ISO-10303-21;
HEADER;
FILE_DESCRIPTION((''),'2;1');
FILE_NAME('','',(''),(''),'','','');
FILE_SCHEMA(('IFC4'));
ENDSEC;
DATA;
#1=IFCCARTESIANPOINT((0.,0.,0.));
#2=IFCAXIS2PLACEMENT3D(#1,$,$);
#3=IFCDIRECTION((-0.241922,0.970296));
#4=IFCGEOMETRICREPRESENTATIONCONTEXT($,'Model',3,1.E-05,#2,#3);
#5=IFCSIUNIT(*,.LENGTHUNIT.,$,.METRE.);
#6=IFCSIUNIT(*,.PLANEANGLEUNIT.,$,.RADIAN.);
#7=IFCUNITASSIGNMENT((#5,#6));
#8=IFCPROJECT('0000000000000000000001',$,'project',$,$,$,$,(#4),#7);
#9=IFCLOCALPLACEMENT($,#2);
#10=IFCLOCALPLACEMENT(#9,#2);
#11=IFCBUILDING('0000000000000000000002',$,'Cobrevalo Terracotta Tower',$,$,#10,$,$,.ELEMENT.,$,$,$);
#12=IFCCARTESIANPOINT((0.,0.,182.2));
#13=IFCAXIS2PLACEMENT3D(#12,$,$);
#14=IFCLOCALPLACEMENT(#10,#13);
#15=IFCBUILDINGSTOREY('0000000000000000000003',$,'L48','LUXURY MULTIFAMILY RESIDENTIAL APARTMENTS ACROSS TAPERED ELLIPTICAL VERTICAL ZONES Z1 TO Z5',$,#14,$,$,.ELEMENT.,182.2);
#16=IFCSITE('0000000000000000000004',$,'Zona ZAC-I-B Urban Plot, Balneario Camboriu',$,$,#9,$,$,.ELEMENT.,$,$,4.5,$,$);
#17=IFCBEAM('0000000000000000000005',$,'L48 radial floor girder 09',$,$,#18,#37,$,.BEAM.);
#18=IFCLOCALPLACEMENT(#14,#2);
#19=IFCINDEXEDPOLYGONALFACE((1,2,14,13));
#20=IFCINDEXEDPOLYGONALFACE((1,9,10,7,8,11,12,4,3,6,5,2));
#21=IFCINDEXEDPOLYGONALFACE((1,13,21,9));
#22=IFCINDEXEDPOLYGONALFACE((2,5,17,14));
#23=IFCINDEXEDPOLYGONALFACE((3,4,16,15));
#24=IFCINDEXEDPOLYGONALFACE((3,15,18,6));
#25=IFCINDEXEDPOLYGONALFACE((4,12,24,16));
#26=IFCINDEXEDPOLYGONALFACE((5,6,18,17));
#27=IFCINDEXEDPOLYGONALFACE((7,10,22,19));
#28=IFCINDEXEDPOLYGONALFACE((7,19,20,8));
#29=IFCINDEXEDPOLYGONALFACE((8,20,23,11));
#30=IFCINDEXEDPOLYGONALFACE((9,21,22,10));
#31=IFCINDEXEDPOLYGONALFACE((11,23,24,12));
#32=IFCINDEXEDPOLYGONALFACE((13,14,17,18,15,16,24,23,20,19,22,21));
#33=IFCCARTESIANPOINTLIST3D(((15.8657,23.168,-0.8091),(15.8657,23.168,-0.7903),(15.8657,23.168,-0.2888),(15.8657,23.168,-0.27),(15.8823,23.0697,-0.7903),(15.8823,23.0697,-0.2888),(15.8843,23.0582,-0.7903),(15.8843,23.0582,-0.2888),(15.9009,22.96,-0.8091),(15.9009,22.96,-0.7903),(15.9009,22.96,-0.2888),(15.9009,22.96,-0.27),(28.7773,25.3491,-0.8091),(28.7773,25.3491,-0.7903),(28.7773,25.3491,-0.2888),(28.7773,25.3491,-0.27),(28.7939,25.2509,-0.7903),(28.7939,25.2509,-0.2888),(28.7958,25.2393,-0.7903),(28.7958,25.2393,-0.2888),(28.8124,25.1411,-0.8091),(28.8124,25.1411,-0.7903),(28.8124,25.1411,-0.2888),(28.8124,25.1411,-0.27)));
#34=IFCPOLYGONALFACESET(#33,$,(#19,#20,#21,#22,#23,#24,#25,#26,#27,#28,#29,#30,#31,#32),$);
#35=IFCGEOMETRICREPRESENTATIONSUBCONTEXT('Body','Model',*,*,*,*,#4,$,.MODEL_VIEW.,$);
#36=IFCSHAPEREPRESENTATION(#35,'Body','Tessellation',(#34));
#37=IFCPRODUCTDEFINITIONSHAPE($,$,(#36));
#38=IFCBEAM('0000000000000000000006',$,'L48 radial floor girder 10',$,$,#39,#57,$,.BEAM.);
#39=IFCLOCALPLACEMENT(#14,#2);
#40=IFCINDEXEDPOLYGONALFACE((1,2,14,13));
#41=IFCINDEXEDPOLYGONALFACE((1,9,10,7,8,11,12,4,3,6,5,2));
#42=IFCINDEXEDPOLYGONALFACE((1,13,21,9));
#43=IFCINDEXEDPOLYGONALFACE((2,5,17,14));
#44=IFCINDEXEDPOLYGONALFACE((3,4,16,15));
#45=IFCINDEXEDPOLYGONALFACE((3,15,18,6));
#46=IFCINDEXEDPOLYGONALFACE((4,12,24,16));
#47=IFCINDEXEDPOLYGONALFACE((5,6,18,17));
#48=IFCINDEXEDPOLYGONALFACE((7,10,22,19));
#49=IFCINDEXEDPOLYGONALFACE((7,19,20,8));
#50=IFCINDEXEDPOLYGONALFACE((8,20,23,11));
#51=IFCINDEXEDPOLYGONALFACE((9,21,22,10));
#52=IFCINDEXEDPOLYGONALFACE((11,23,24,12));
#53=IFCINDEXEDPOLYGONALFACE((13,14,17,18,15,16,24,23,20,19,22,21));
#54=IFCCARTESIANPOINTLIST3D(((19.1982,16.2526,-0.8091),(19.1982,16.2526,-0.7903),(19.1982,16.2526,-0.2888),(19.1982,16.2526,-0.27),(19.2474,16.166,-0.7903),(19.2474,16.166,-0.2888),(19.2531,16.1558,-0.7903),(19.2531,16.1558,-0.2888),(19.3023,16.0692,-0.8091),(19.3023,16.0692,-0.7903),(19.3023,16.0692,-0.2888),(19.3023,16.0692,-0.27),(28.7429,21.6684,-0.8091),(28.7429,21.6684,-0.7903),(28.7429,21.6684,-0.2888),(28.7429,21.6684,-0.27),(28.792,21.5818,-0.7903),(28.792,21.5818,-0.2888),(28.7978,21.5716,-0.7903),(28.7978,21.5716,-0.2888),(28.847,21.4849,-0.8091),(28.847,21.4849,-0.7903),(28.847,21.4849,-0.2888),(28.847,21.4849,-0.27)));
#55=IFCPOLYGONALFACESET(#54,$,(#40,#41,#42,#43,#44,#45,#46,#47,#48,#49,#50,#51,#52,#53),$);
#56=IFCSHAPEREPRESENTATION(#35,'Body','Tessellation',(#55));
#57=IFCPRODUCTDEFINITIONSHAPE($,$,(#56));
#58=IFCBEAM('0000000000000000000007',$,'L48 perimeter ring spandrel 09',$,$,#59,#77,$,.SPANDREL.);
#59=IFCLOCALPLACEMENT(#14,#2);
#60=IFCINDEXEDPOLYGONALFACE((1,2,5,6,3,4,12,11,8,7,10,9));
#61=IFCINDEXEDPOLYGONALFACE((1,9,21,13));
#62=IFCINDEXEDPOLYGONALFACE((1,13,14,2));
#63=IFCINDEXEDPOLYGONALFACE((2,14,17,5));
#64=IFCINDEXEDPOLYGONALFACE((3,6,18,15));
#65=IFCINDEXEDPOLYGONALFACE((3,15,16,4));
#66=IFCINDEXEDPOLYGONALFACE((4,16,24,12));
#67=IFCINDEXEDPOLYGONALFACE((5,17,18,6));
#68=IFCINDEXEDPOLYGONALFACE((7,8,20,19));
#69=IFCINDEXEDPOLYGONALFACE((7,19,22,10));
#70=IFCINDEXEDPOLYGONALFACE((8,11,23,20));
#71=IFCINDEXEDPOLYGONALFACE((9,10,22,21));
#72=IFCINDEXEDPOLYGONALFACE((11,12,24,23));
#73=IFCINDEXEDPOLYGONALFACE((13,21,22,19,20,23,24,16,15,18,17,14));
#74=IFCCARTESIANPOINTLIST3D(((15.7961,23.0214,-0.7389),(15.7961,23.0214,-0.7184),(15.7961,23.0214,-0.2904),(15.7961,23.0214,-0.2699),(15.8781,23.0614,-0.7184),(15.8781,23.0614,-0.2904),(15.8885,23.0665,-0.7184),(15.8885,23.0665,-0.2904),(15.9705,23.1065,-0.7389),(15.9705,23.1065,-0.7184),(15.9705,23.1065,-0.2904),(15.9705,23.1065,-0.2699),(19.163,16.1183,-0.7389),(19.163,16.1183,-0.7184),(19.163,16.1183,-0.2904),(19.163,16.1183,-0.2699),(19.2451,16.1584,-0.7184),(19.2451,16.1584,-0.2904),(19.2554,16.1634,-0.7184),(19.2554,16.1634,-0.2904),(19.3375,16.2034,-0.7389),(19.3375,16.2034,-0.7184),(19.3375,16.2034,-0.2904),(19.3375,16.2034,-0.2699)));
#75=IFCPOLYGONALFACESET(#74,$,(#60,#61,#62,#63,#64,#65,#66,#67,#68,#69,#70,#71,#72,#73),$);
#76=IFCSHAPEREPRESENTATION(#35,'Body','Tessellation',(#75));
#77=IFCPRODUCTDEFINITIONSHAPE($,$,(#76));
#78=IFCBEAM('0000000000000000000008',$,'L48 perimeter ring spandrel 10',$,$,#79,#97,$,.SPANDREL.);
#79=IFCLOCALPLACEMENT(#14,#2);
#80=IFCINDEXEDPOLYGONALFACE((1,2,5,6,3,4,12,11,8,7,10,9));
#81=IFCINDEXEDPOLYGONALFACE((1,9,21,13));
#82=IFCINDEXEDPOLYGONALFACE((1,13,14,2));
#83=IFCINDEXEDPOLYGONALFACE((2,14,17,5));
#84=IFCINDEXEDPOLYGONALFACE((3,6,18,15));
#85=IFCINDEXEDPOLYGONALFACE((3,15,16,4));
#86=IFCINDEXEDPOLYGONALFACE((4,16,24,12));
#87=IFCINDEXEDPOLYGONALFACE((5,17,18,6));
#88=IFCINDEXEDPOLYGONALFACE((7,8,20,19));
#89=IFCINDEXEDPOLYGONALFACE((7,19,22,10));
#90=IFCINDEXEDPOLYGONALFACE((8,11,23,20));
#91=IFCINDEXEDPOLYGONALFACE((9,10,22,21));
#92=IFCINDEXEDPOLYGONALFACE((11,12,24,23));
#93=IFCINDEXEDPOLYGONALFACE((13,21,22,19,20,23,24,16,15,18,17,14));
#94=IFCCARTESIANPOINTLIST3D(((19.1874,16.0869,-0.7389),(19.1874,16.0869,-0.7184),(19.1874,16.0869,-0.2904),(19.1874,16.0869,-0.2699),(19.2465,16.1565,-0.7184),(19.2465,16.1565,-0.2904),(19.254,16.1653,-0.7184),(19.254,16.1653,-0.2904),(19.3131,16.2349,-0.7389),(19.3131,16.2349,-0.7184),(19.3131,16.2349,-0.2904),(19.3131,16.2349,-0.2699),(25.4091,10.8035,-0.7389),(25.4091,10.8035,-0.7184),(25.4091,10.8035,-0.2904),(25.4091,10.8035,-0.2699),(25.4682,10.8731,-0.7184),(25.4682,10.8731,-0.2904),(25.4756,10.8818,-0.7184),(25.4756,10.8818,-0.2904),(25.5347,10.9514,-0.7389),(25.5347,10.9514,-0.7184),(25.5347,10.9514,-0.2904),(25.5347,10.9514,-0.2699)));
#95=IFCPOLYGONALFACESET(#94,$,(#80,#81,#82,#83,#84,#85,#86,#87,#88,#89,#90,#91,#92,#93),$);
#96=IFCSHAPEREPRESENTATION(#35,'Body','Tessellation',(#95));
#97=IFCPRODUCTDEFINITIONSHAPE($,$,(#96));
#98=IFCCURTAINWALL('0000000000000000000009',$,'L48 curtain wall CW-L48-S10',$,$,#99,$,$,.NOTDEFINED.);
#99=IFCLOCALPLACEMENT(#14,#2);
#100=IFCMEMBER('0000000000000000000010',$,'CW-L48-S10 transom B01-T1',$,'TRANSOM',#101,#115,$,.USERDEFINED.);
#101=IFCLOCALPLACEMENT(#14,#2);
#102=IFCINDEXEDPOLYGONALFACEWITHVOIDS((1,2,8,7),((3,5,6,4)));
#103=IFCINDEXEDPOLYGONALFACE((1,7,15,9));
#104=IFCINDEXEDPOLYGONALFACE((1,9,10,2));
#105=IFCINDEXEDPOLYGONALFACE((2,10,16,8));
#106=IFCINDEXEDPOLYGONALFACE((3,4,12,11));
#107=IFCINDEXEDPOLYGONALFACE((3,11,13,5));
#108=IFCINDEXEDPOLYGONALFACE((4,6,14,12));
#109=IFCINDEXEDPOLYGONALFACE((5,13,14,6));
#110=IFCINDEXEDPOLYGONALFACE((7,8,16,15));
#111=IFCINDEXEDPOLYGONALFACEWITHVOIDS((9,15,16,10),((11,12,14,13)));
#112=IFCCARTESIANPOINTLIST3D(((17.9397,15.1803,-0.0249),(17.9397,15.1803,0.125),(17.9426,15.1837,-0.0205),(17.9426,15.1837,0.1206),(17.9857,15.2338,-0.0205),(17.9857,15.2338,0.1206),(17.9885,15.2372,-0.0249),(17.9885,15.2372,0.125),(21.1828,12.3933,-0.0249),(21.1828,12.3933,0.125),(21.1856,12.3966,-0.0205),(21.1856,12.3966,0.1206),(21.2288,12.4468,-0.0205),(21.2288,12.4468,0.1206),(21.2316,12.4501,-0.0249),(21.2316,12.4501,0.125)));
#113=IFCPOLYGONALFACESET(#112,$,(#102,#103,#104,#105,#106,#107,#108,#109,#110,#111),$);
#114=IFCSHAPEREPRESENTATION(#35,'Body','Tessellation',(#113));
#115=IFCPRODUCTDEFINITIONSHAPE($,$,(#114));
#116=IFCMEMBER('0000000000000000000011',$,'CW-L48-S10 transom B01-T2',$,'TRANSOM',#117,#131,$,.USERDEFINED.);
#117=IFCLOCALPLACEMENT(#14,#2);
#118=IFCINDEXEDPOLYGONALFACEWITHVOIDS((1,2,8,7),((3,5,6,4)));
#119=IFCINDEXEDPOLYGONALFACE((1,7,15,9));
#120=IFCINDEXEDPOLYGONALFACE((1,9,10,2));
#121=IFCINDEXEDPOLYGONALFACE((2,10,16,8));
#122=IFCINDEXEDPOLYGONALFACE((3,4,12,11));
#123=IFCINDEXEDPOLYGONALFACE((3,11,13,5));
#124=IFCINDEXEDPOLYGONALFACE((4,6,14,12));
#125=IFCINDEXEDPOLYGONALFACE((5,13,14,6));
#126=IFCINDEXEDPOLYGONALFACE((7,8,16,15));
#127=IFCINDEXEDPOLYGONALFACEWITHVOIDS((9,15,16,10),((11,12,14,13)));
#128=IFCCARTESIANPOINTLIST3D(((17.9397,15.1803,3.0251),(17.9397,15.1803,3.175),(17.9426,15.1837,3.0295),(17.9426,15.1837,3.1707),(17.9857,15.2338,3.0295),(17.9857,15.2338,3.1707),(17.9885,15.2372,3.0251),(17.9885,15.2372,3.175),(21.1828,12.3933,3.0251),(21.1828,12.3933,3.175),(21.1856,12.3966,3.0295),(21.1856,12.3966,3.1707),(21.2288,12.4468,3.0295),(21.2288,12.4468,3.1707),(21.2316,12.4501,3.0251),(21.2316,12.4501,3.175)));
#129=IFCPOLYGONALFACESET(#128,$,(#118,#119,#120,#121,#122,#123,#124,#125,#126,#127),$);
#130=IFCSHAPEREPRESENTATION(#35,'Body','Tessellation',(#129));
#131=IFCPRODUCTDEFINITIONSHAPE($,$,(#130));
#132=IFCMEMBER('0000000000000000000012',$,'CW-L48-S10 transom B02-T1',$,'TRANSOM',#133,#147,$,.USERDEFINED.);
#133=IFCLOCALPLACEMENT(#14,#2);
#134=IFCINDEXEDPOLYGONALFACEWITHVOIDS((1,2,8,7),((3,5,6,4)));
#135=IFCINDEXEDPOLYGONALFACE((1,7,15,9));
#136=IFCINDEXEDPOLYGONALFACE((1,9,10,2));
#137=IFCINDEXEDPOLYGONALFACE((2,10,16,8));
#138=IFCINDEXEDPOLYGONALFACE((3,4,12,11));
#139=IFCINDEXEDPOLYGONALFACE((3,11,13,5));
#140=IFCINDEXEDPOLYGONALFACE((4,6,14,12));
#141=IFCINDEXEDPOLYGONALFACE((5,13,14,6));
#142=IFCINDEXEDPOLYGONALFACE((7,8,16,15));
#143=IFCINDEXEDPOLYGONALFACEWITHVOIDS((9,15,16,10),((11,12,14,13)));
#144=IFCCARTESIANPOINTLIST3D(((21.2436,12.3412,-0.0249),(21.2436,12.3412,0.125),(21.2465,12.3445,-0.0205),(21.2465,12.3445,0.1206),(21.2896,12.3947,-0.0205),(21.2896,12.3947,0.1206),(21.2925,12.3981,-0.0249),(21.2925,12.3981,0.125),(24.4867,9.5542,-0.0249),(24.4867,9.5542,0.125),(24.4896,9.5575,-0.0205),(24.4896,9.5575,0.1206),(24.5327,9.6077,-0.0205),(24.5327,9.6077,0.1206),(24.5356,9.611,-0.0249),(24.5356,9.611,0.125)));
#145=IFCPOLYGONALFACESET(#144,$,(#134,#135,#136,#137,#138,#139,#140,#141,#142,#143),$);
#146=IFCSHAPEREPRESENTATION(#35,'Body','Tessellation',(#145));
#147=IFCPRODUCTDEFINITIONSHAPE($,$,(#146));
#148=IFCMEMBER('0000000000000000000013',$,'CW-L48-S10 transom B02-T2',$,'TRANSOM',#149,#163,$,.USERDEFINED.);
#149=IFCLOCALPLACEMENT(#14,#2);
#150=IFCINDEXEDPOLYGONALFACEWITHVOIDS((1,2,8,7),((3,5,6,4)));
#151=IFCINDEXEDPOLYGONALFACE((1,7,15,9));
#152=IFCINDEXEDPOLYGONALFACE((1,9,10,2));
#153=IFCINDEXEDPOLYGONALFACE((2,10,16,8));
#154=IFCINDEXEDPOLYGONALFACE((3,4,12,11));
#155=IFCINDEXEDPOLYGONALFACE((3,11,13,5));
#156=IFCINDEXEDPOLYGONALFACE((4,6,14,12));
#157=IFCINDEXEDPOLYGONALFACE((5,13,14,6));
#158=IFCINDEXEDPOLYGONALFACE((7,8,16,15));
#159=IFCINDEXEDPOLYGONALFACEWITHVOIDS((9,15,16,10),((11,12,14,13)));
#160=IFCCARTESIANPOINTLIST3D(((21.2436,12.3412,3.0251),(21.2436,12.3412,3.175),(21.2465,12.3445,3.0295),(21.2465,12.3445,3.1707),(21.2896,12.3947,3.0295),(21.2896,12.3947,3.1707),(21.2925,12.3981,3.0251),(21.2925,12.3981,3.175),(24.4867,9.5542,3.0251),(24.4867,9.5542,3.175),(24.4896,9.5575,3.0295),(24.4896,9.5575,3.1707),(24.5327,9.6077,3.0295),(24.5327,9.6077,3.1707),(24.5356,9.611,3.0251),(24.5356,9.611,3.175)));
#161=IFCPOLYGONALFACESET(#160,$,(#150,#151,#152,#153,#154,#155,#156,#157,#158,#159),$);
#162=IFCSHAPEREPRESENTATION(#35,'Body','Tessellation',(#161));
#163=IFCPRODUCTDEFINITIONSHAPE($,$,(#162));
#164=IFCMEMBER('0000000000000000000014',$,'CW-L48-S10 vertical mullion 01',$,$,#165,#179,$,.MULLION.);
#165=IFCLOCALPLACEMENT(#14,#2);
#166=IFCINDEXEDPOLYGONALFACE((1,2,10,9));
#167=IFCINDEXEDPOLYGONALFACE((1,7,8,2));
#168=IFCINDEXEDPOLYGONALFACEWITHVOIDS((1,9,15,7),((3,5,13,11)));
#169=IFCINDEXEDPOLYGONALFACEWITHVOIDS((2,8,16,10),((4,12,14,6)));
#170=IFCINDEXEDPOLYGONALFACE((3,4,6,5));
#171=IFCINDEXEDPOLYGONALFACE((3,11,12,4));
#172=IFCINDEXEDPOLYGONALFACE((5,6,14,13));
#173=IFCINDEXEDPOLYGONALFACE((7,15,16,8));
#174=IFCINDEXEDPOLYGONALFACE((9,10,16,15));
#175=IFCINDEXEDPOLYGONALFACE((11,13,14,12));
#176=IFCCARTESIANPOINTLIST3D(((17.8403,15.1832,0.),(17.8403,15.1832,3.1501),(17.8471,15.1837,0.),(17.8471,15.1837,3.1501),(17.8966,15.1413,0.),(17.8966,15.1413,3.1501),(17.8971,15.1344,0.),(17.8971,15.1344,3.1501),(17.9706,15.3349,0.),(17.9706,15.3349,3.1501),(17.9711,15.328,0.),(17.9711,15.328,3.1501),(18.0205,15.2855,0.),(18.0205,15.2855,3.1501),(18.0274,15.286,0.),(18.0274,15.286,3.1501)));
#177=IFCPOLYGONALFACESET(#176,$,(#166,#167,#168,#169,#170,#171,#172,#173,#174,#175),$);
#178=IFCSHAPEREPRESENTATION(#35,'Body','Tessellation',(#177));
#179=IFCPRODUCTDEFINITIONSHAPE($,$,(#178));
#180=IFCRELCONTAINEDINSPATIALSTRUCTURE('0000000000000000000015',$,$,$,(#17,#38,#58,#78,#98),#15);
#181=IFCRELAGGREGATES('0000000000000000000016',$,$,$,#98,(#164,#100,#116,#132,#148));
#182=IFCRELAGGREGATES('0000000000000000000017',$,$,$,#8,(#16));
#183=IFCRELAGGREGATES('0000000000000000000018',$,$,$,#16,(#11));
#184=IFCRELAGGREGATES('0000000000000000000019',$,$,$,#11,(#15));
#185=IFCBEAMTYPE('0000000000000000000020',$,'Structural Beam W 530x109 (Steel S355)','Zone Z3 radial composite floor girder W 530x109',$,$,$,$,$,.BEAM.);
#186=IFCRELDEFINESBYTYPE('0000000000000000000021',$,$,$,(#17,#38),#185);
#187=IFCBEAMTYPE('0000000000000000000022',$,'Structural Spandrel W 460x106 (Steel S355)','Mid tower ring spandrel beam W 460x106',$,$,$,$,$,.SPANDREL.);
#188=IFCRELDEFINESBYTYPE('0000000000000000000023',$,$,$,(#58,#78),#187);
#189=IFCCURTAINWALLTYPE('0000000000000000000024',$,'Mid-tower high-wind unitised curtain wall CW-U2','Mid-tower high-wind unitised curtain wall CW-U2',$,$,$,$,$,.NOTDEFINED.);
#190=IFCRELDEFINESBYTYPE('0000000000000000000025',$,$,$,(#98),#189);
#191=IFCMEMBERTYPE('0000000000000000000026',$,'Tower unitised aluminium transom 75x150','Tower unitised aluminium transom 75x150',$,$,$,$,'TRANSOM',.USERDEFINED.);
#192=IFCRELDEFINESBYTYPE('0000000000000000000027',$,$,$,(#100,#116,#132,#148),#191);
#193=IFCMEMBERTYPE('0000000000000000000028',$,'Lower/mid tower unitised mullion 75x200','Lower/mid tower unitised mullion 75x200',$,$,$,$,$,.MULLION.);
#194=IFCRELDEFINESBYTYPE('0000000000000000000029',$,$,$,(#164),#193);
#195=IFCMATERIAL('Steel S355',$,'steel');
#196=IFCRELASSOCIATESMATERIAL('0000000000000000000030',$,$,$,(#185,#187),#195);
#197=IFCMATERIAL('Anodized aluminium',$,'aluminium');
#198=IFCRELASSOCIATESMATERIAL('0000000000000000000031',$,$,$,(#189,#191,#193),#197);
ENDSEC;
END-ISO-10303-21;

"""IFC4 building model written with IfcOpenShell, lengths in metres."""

from ifc_helpers import new_model, si_unit, direction, frame, origin, origin_2d, place, context, subcontext, project, spatial, hollow_rectangle, i_section, extrude, source, transform, mapped, material, material_profile, profile_set, type_object, element, aggregate, save


model = new_model("IFC4")

# Units and contexts
model_context = context("Model", 3, precision=1e-05, world=origin(), true_north=direction((-0.241922, 0.970296)))
body_context = subcontext(model_context, "Body", "Model", "MODEL_VIEW")
ifc_project = project(units=[si_unit("LENGTHUNIT", "METRE"), si_unit("PLANEANGLEUNIT", "RADIAN")], contexts=[model_context])

# Site, building, storey
site_placement = place(None, origin())
site = spatial("IfcSite", under=ifc_project, at=site_placement, Name="Zona ZAC-I-B Urban Plot, Balneario Camboriu", CompositionType="ELEMENT", RefElevation=4.5)
building_placement = place(site_placement, origin())
building = spatial("IfcBuilding", under=site, at=building_placement, Name="Cobrevalo Terracotta Tower", CompositionType="ELEMENT")
storey_placement = place(building_placement, frame((0.0, 0.0, 182.2)))
storey = spatial("IfcBuildingStorey", under=building, at=storey_placement, Name="L48", Description="LUXURY MULTIFAMILY RESIDENTIAL APARTMENTS ACROSS TAPERED ELLIPTICAL VERTICAL ZONES Z1 TO Z5", CompositionType="ELEMENT", Elevation=182.2)

# Shared definitions
ifc_material_1 = material(Name="Steel S355", Category="steel")

# Beams
ifc_material_profile_1 = material_profile(ifc_material_1, i_section(OverallWidth=0.2109, OverallDepth=0.5391, WebThickness=0.0117, FlangeThickness=0.0188, at=origin_2d()), Name="W 530x109")
ifc_profile_set_1 = profile_set([ifc_material_profile_1], Name="Steel S355")
beam_type_1 = type_object("IfcBeamType", Name="Structural Beam W 530x109 (Steel S355)", Description="Zone Z3 radial composite floor girder W 530x109", PredefinedType="BEAM", material=ifc_profile_set_1)
beam_1_placement = place(storey_placement, frame((15.8833, 23.064, -0.5396), z_axis=(0.98603, 0.166569, 0.0), x_axis=(-0.166569, 0.98603, 0.0)))
element("IfcBeam", 1, at=beam_1_placement, inside=storey, type_object=beam_type_1, Name="L48 radial floor girder 09", PredefinedType="BEAM", context=body_context, shape_type="SweptSolid", body=[
    extrude(i_section(OverallWidth=0.2109, OverallDepth=0.5391, WebThickness=0.0117, FlangeThickness=0.0188, at=origin_2d()), origin(), (0.0, 0.0, 1.0), 13.0945),
])
beam_2_placement = place(storey_placement, frame((19.2502, 16.1609, -0.5396), z_axis=(0.869744, 0.493504, 0.0), x_axis=(-0.493504, 0.869744, 0.0)))
element("IfcBeam", 2, at=beam_2_placement, inside=storey, type_object=beam_type_1, Name="L48 radial floor girder 10", PredefinedType="BEAM", context=body_context, shape_type="SweptSolid", body=[
    extrude(i_section(OverallWidth=0.2109, OverallDepth=0.5391, WebThickness=0.0117, FlangeThickness=0.0188, at=origin_2d()), origin(), (0.0, 0.0, 1.0), 10.9741),
])
ifc_material_profile_2 = material_profile(ifc_material_1, i_section(OverallWidth=0.1941, OverallDepth=0.469, WebThickness=0.0115, FlangeThickness=0.0205, at=origin_2d()), Name="W 460x106")
ifc_profile_set_2 = profile_set([ifc_material_profile_2], Name="Steel S355")
beam_type_2 = type_object("IfcBeamType", Name="Structural Spandrel W 460x106 (Steel S355)", Description="Mid tower ring spandrel beam W 460x106", PredefinedType="SPANDREL", material=ifc_profile_set_2)
beam_3_placement = place(storey_placement, frame((15.8833, 23.064, -0.5044), z_axis=(0.43838, -0.89879, 0.0), x_axis=(0.89879, 0.43838, 0.0)))
element("IfcBeam", 3, at=beam_3_placement, inside=storey, type_object=beam_type_2, Name="L48 perimeter ring spandrel 09", PredefinedType="SPANDREL", context=body_context, shape_type="SweptSolid", body=[
    extrude(i_section(OverallWidth=0.1941, OverallDepth=0.469, WebThickness=0.0115, FlangeThickness=0.0205, at=origin_2d()), origin(), (0.0, 0.0, 1.0), 7.6804),
])
beam_4_placement = place(storey_placement, frame((19.2502, 16.1609, -0.5044), z_axis=(0.76224, -0.647294, 0.0), x_axis=(0.647294, 0.76224, 0.0)))
element("IfcBeam", 4, at=beam_4_placement, inside=storey, type_object=beam_type_2, Name="L48 perimeter ring spandrel 10", PredefinedType="SPANDREL", context=body_context, shape_type="SweptSolid", body=[
    extrude(i_section(OverallWidth=0.1941, OverallDepth=0.469, WebThickness=0.0115, FlangeThickness=0.0205, at=origin_2d()), origin(), (0.0, 0.0, 1.0), 8.1624),
])

# Curtain wall, members
ifc_material_2 = material(Name="Anodized aluminium", Category="aluminium")
curtain_wall_type = type_object("IfcCurtainWallType", Name="Mid-tower high-wind unitised curtain wall CW-U2", Description="Mid-tower high-wind unitised curtain wall CW-U2", PredefinedType="NOTDEFINED", material=ifc_material_2)
curtain_wall_placement = place(storey_placement, origin())
curtain_wall = element("IfcCurtainWall", 5, at=curtain_wall_placement, inside=storey, type_object=curtain_wall_type, Name="L48 curtain wall CW-L48-S10", PredefinedType="NOTDEFINED")
ifc_material_profile_3 = material_profile(ifc_material_2, hollow_rectangle(XDim=0.075, YDim=0.1499, WallThickness=0.0044, at=origin_2d()), Name="CWT 75x150")
ifc_profile_set_3 = profile_set([ifc_material_profile_3], Name="Anodized aluminium")
member_type_1 = type_object("IfcMemberType", Name="Tower unitised aluminium transom 75x150", Description="Tower unitised aluminium transom 75x150", ElementType="TRANSOM", PredefinedType="USERDEFINED", material=ifc_profile_set_3)
shared_shape_1 = source(origin(), body_context, "Body", "SweptSolid", [
    extrude(hollow_rectangle(XDim=0.075, YDim=0.1499, WallThickness=0.0044, at=origin_2d()), origin(), (0.0, 0.0, 1.0), 4.2761),
])
member_1_placement = place(storey_placement, frame((17.9641, 15.2087, 0.05), z_axis=(0.758418, -0.651769, 0.0), x_axis=(0.651769, 0.758418, 0.0)))
member_1 = element("IfcMember", 6, at=member_1_placement, type_object=member_type_1, Name="CW-L48-S10 transom B01-T1", ObjectType="TRANSOM", PredefinedType="USERDEFINED", context=body_context, shape_type="MappedRepresentation", body=[
    mapped(shared_shape_1, transform((0.0, 0.0, 0.0), scale=1.0)),
])
member_2_placement = place(storey_placement, frame((17.9641, 15.2087, 3.1001), z_axis=(0.758418, -0.651769, 0.0), x_axis=(0.651769, 0.758418, 0.0)))
member_2 = element("IfcMember", 7, at=member_2_placement, type_object=member_type_1, Name="CW-L48-S10 transom B01-T2", ObjectType="TRANSOM", PredefinedType="USERDEFINED", context=body_context, shape_type="MappedRepresentation", body=[
    mapped(shared_shape_1, transform((0.0, 0.0, 0.0), scale=1.0)),
])
member_3_placement = place(storey_placement, frame((21.2681, 12.3696, 0.05), z_axis=(0.758418, -0.651769, 0.0), x_axis=(0.651769, 0.758418, 0.0)))
member_3 = element("IfcMember", 8, at=member_3_placement, type_object=member_type_1, Name="CW-L48-S10 transom B02-T1", ObjectType="TRANSOM", PredefinedType="USERDEFINED", context=body_context, shape_type="MappedRepresentation", body=[
    mapped(shared_shape_1, transform((0.0, 0.0, 0.0), scale=1.0)),
])
member_4_placement = place(storey_placement, frame((21.2681, 12.3696, 3.1001), z_axis=(0.758418, -0.651769, 0.0), x_axis=(0.651769, 0.758418, 0.0)))
member_4 = element("IfcMember", 9, at=member_4_placement, type_object=member_type_1, Name="CW-L48-S10 transom B02-T2", ObjectType="TRANSOM", PredefinedType="USERDEFINED", context=body_context, shape_type="MappedRepresentation", body=[
    mapped(shared_shape_1, transform((0.0, 0.0, 0.0), scale=1.0)),
])
ifc_material_profile_4 = material_profile(ifc_material_2, hollow_rectangle(XDim=0.075, YDim=0.2, WallThickness=0.0049, at=origin_2d()), Name="CWM 75x200")
ifc_profile_set_4 = profile_set([ifc_material_profile_4], Name="Anodized aluminium")
member_type_2 = type_object("IfcMemberType", Name="Lower/mid tower unitised mullion 75x200", Description="Lower/mid tower unitised mullion 75x200", PredefinedType="MULLION", material=ifc_profile_set_4)
shared_shape_2 = source(origin(), body_context, "Body", "SweptSolid", [
    extrude(hollow_rectangle(XDim=0.075, YDim=0.2, WallThickness=0.0049, at=origin_2d()), origin(), (0.0, 0.0, 1.0), 3.1501),
])
member_5_placement = place(storey_placement, frame((17.9338, 15.2346, 0.0), z_axis=(0.0, 0.0, 1.0), x_axis=(0.758442, -0.651741, 0.0)))
member_5 = element("IfcMember", 10, at=member_5_placement, type_object=member_type_2, Name="CW-L48-S10 vertical mullion 01", PredefinedType="MULLION", context=body_context, shape_type="MappedRepresentation", body=[
    mapped(shared_shape_2, transform((0.0, 0.0, 0.0), scale=1.0)),
])

aggregate(curtain_wall, [member_5, member_1, member_2, member_3, member_4])

save(model, "model.ifc")
